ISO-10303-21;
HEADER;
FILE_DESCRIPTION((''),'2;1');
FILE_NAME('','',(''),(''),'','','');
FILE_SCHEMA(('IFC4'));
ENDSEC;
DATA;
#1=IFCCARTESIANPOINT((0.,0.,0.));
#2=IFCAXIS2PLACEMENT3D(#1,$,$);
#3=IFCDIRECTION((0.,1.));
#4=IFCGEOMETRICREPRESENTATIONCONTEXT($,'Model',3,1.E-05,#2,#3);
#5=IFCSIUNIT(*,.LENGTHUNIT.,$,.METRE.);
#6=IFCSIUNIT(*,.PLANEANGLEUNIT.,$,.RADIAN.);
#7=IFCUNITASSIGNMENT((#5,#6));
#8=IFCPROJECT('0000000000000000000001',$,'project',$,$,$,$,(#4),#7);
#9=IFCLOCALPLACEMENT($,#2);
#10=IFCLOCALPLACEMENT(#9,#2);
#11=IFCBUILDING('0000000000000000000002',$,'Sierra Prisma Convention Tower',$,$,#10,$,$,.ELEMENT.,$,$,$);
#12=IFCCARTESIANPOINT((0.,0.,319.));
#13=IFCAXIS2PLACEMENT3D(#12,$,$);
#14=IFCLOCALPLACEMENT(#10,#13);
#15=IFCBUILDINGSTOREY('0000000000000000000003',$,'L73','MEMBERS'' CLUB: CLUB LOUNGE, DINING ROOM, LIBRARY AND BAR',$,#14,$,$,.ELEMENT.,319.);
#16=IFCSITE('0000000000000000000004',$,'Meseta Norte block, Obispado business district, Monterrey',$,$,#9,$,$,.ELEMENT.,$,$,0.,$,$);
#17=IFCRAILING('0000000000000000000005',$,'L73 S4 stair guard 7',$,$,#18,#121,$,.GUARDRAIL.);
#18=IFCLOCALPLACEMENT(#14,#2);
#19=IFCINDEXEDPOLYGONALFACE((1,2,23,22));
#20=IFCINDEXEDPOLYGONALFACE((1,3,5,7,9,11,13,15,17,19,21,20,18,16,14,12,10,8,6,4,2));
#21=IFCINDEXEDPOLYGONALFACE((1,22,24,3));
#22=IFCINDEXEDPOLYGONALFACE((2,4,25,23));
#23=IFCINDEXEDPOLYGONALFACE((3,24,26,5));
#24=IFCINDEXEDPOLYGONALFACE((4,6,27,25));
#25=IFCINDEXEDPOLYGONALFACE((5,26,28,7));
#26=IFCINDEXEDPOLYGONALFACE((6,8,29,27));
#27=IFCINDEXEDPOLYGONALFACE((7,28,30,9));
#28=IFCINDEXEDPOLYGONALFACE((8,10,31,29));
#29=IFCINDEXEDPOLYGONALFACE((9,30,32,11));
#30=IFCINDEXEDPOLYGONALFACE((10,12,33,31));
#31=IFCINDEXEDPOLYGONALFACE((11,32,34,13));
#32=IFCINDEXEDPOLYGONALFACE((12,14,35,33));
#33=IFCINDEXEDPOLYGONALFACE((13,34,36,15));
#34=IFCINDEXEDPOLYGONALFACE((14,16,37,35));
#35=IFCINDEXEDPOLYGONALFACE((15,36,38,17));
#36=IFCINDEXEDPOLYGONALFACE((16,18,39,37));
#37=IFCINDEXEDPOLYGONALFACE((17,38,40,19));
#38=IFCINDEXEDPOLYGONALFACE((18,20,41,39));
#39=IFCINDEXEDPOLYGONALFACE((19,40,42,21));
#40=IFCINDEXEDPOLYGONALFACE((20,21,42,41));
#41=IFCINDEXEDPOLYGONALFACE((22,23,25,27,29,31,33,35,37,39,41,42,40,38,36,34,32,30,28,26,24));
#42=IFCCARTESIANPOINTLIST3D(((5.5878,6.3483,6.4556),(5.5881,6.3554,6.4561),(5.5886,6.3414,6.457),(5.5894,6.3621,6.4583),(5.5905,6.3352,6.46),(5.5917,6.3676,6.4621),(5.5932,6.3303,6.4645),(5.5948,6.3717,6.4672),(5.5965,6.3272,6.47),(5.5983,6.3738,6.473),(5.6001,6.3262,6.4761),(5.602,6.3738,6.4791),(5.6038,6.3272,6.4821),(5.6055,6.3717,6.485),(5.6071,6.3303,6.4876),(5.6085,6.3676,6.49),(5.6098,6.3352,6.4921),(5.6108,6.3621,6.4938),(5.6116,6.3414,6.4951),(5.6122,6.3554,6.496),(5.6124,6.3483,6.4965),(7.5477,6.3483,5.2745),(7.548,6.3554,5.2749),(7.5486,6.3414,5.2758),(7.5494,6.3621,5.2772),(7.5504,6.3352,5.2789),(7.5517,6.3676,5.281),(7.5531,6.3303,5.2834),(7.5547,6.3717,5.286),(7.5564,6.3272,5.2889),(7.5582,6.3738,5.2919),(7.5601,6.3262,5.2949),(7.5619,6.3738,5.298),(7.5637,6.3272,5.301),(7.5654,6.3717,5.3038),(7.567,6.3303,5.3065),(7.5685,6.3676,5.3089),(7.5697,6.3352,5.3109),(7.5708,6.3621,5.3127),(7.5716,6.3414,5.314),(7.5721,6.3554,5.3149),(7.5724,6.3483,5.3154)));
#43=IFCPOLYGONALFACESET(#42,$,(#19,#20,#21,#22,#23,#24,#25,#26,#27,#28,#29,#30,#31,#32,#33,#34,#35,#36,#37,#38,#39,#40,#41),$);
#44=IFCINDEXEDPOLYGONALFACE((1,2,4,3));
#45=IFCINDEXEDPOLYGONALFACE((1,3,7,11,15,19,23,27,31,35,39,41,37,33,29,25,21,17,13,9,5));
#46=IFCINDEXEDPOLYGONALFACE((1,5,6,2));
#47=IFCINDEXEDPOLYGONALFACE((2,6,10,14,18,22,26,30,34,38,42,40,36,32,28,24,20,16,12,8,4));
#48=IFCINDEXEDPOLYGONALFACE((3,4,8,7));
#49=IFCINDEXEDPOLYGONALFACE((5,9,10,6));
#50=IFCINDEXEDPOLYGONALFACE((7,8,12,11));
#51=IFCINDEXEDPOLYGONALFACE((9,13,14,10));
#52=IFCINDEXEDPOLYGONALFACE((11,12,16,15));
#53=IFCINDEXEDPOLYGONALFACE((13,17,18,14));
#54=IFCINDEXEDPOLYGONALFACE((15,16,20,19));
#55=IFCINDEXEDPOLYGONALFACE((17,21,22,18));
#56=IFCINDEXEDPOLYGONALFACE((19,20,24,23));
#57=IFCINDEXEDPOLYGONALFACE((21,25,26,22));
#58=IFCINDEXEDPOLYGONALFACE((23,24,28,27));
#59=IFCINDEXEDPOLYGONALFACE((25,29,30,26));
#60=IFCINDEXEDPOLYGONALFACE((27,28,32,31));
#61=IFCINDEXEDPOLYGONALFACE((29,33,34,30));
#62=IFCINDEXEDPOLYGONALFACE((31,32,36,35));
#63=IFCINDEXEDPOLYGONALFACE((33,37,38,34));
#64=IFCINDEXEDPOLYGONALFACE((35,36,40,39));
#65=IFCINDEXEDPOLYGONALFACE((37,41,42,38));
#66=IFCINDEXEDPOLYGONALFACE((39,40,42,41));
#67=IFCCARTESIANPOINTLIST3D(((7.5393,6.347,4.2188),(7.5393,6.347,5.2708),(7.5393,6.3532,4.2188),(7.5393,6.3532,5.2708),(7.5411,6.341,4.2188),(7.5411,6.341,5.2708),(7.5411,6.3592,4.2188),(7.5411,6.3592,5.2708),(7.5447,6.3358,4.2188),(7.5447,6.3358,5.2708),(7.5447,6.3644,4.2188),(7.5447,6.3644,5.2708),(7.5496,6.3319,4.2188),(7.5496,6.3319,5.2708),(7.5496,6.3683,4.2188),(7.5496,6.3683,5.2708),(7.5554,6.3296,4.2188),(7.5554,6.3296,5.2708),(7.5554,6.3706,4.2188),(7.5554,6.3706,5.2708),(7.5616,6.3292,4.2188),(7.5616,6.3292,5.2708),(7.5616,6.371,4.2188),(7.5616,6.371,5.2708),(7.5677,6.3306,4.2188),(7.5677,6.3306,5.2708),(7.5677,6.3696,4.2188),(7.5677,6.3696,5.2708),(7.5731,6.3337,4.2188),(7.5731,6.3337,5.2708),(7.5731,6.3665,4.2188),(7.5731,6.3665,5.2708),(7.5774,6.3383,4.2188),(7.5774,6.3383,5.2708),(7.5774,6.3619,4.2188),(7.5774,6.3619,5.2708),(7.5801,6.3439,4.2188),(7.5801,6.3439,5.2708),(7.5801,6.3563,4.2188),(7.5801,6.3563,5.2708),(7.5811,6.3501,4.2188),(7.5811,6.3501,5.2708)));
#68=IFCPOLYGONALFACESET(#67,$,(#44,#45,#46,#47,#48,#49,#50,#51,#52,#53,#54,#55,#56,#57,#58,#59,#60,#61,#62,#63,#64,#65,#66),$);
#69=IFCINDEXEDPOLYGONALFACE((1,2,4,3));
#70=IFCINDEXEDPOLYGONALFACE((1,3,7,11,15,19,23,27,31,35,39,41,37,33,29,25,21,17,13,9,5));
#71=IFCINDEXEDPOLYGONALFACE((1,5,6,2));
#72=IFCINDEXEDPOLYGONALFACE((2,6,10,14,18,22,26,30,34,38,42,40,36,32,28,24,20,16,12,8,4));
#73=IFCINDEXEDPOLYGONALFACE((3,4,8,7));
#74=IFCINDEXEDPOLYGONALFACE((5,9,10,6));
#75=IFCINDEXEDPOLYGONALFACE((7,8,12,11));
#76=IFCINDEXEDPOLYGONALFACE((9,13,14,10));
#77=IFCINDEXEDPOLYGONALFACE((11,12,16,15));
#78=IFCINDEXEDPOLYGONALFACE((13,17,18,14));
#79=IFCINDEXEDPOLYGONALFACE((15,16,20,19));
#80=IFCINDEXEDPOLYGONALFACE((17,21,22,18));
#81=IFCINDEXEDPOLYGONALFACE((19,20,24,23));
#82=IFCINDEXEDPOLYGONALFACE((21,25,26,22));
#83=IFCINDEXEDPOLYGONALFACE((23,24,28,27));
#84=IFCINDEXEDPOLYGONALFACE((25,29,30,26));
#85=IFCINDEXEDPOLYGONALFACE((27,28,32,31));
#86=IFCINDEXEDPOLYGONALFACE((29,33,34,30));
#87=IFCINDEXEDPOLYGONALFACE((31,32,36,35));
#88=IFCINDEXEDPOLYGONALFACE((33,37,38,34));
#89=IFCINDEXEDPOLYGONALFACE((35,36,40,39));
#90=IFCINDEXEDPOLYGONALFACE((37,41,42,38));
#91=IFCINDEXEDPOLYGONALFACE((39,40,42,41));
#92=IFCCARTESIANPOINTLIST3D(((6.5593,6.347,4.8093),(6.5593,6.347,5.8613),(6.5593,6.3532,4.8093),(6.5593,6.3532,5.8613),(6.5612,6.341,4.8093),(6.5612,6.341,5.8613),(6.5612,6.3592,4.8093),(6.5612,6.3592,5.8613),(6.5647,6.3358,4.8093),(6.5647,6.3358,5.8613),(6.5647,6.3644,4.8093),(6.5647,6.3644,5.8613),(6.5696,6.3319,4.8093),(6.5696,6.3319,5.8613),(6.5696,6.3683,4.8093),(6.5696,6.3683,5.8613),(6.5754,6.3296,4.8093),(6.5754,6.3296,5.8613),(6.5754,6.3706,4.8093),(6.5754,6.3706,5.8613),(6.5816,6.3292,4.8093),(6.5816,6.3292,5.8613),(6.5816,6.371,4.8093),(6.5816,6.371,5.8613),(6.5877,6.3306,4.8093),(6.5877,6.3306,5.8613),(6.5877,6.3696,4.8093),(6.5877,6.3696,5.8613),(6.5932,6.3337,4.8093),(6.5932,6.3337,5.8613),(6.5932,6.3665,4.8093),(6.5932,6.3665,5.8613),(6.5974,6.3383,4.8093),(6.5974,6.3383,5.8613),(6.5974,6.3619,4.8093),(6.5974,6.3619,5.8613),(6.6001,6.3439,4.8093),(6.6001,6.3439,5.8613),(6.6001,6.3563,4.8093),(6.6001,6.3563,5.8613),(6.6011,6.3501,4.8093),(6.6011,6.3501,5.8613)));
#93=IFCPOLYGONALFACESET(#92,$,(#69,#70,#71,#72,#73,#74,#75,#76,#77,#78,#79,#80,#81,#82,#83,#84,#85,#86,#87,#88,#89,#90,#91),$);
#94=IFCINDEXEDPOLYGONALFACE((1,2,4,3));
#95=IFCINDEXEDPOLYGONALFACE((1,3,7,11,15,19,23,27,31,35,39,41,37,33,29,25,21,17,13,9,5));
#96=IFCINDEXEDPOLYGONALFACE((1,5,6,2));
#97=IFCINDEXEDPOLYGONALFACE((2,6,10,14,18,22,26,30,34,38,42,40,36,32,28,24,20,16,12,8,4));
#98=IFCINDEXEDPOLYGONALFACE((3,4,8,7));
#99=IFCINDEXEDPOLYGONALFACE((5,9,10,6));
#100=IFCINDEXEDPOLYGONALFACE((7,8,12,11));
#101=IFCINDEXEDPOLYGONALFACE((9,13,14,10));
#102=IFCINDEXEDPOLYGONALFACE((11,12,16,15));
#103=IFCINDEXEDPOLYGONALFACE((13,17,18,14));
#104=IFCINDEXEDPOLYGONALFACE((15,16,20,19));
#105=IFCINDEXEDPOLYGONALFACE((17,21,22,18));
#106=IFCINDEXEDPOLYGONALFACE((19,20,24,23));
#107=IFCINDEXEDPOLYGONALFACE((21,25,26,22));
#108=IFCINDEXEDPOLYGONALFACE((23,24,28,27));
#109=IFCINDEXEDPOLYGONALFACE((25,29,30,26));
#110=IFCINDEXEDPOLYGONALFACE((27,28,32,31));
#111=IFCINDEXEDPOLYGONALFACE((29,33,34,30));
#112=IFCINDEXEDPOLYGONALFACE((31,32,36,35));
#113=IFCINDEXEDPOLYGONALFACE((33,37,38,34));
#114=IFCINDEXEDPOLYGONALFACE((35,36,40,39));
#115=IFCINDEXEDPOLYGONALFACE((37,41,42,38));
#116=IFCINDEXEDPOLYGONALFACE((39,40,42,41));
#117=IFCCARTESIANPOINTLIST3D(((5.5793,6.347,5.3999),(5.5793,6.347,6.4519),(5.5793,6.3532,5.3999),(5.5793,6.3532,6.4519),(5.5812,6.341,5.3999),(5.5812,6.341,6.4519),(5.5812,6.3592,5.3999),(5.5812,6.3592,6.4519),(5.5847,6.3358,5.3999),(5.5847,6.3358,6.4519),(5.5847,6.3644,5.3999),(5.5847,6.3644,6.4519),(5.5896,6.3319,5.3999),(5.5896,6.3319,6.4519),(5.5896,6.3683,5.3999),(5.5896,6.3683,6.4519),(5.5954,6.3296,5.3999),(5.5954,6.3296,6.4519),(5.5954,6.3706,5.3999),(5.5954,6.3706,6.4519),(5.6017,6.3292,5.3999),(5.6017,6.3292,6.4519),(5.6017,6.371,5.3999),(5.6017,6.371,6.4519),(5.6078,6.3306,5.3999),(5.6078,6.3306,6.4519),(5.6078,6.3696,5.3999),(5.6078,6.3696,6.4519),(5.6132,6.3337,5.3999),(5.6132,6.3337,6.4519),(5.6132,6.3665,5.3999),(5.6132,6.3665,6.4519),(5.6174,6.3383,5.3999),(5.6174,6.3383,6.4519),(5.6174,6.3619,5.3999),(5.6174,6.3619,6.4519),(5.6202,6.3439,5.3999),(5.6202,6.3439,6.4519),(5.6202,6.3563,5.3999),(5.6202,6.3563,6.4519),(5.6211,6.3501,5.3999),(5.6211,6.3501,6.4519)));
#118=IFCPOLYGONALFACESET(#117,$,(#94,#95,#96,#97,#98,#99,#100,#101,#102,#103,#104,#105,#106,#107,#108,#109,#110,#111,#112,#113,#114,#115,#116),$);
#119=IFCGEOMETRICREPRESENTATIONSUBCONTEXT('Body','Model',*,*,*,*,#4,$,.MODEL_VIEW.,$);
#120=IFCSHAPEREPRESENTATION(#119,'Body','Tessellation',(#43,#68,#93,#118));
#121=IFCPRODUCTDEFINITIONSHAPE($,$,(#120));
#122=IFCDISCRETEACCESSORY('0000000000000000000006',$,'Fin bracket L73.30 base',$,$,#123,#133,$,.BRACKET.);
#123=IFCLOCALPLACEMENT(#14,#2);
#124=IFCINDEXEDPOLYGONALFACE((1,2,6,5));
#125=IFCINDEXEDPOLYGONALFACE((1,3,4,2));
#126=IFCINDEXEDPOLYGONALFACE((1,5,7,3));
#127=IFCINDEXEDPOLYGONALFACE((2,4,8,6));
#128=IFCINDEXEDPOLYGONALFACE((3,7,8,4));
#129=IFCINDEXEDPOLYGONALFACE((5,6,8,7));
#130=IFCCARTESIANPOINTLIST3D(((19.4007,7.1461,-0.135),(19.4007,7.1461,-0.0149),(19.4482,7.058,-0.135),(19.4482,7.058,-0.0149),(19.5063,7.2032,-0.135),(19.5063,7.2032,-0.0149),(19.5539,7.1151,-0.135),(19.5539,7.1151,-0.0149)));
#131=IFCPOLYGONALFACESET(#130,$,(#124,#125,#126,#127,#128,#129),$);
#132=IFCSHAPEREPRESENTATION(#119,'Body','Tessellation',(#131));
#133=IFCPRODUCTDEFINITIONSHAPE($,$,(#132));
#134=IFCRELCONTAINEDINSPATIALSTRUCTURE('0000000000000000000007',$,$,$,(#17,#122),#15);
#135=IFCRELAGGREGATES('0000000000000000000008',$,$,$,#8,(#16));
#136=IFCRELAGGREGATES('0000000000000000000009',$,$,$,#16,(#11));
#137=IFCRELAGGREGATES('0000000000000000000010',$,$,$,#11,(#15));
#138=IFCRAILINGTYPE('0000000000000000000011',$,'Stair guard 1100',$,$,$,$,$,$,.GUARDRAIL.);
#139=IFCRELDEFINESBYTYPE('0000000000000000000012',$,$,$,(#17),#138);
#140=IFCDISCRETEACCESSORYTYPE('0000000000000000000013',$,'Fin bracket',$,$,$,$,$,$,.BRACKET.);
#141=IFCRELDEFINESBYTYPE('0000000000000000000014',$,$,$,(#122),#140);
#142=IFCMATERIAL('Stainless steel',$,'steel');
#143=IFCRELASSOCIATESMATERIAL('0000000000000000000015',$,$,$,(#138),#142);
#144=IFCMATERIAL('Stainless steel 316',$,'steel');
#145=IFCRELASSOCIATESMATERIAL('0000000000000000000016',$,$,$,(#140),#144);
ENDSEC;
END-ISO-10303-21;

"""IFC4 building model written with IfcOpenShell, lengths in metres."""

from ifc_helpers import new_model, si_unit, direction, frame, origin, origin_2d, place, context, subcontext, project, spatial, rectangle, circle, extrude, material, type_object, element, save


model = new_model("IFC4")

# Units and contexts
model_context = context("Model", 3, precision=1e-05, world=origin(), true_north=direction((0.0, 1.0)))
body_context = subcontext(model_context, "Body", "Model", "MODEL_VIEW")
ifc_project = project(units=[si_unit("LENGTHUNIT", "METRE"), si_unit("PLANEANGLEUNIT", "RADIAN")], contexts=[model_context])

# Site, building, storey
site_placement = place(None, origin())
site = spatial("IfcSite", under=ifc_project, at=site_placement, Name="Meseta Norte block, Obispado business district, Monterrey", CompositionType="ELEMENT", RefElevation=0.0)
building_placement = place(site_placement, origin())
building = spatial("IfcBuilding", under=site, at=building_placement, Name="Sierra Prisma Convention Tower", CompositionType="ELEMENT")
storey_placement = place(building_placement, frame((0.0, 0.0, 319.0)))
storey = spatial("IfcBuildingStorey", under=building, at=storey_placement, Name="L73", Description="MEMBERS' CLUB: CLUB LOUNGE, DINING ROOM, LIBRARY AND BAR", CompositionType="ELEMENT", Elevation=319.0)

# Railing
ifc_material_1 = material(Name="Stainless steel", Category="steel")
railing_type = type_object("IfcRailingType", Name="Stair guard 1100", PredefinedType="GUARDRAIL", material=ifc_material_1)
railing_1_placement = place(storey_placement, frame((7.5601, 6.3501, 4.2188)))
element("IfcRailing", 1, at=railing_1_placement, inside=storey, type_object=railing_type, Name="L73 S4 stair guard 7", PredefinedType="GUARDRAIL", context=body_context, shape_type="SweptSolid", body=[
    extrude(circle(Radius=0.0239, at=origin_2d()), frame((0.0, 0.0, 1.0762), z_axis=(-0.856493, 0.0, 0.516158), x_axis=(0.0, -1.0, 0.0)), (0.0, 0.0, 1.0), 2.2883),
    extrude(circle(Radius=0.021, at=origin_2d()), origin(), (0.0, 0.0, 1.0), 1.052),
    extrude(circle(Radius=0.021, at=origin_2d()), frame((-0.98, 0.0, 0.5906)), (0.0, 0.0, 1.0), 1.052),
    extrude(circle(Radius=0.021, at=origin_2d()), frame((-1.96, 0.0, 1.1812)), (0.0, 0.0, 1.0), 1.052),
])

# Discrete accessory
ifc_material_2 = material(Name="Stainless steel 316", Category="steel")
discrete_accessory_type = type_object("IfcDiscreteAccessoryType", Name="Fin bracket", PredefinedType="BRACKET", material=ifc_material_2)
discrete_accessory_placement = place(storey_placement, frame((19.4773, 7.1306, -0.135), z_axis=(0.0, 0.0, 1.0), x_axis=(0.879815, 0.475317, 0.0)))
element("IfcDiscreteAccessory", 2, at=discrete_accessory_placement, inside=storey, type_object=discrete_accessory_type, Name="Fin bracket L73.30 base", PredefinedType="BRACKET", context=body_context, shape_type="SweptSolid", body=[
    extrude(rectangle(XDim=0.1201, YDim=0.1001, at=origin_2d()), origin(), (0.0, 0.0, 1.0), 0.1201),
])

save(model, "model.ifc")
